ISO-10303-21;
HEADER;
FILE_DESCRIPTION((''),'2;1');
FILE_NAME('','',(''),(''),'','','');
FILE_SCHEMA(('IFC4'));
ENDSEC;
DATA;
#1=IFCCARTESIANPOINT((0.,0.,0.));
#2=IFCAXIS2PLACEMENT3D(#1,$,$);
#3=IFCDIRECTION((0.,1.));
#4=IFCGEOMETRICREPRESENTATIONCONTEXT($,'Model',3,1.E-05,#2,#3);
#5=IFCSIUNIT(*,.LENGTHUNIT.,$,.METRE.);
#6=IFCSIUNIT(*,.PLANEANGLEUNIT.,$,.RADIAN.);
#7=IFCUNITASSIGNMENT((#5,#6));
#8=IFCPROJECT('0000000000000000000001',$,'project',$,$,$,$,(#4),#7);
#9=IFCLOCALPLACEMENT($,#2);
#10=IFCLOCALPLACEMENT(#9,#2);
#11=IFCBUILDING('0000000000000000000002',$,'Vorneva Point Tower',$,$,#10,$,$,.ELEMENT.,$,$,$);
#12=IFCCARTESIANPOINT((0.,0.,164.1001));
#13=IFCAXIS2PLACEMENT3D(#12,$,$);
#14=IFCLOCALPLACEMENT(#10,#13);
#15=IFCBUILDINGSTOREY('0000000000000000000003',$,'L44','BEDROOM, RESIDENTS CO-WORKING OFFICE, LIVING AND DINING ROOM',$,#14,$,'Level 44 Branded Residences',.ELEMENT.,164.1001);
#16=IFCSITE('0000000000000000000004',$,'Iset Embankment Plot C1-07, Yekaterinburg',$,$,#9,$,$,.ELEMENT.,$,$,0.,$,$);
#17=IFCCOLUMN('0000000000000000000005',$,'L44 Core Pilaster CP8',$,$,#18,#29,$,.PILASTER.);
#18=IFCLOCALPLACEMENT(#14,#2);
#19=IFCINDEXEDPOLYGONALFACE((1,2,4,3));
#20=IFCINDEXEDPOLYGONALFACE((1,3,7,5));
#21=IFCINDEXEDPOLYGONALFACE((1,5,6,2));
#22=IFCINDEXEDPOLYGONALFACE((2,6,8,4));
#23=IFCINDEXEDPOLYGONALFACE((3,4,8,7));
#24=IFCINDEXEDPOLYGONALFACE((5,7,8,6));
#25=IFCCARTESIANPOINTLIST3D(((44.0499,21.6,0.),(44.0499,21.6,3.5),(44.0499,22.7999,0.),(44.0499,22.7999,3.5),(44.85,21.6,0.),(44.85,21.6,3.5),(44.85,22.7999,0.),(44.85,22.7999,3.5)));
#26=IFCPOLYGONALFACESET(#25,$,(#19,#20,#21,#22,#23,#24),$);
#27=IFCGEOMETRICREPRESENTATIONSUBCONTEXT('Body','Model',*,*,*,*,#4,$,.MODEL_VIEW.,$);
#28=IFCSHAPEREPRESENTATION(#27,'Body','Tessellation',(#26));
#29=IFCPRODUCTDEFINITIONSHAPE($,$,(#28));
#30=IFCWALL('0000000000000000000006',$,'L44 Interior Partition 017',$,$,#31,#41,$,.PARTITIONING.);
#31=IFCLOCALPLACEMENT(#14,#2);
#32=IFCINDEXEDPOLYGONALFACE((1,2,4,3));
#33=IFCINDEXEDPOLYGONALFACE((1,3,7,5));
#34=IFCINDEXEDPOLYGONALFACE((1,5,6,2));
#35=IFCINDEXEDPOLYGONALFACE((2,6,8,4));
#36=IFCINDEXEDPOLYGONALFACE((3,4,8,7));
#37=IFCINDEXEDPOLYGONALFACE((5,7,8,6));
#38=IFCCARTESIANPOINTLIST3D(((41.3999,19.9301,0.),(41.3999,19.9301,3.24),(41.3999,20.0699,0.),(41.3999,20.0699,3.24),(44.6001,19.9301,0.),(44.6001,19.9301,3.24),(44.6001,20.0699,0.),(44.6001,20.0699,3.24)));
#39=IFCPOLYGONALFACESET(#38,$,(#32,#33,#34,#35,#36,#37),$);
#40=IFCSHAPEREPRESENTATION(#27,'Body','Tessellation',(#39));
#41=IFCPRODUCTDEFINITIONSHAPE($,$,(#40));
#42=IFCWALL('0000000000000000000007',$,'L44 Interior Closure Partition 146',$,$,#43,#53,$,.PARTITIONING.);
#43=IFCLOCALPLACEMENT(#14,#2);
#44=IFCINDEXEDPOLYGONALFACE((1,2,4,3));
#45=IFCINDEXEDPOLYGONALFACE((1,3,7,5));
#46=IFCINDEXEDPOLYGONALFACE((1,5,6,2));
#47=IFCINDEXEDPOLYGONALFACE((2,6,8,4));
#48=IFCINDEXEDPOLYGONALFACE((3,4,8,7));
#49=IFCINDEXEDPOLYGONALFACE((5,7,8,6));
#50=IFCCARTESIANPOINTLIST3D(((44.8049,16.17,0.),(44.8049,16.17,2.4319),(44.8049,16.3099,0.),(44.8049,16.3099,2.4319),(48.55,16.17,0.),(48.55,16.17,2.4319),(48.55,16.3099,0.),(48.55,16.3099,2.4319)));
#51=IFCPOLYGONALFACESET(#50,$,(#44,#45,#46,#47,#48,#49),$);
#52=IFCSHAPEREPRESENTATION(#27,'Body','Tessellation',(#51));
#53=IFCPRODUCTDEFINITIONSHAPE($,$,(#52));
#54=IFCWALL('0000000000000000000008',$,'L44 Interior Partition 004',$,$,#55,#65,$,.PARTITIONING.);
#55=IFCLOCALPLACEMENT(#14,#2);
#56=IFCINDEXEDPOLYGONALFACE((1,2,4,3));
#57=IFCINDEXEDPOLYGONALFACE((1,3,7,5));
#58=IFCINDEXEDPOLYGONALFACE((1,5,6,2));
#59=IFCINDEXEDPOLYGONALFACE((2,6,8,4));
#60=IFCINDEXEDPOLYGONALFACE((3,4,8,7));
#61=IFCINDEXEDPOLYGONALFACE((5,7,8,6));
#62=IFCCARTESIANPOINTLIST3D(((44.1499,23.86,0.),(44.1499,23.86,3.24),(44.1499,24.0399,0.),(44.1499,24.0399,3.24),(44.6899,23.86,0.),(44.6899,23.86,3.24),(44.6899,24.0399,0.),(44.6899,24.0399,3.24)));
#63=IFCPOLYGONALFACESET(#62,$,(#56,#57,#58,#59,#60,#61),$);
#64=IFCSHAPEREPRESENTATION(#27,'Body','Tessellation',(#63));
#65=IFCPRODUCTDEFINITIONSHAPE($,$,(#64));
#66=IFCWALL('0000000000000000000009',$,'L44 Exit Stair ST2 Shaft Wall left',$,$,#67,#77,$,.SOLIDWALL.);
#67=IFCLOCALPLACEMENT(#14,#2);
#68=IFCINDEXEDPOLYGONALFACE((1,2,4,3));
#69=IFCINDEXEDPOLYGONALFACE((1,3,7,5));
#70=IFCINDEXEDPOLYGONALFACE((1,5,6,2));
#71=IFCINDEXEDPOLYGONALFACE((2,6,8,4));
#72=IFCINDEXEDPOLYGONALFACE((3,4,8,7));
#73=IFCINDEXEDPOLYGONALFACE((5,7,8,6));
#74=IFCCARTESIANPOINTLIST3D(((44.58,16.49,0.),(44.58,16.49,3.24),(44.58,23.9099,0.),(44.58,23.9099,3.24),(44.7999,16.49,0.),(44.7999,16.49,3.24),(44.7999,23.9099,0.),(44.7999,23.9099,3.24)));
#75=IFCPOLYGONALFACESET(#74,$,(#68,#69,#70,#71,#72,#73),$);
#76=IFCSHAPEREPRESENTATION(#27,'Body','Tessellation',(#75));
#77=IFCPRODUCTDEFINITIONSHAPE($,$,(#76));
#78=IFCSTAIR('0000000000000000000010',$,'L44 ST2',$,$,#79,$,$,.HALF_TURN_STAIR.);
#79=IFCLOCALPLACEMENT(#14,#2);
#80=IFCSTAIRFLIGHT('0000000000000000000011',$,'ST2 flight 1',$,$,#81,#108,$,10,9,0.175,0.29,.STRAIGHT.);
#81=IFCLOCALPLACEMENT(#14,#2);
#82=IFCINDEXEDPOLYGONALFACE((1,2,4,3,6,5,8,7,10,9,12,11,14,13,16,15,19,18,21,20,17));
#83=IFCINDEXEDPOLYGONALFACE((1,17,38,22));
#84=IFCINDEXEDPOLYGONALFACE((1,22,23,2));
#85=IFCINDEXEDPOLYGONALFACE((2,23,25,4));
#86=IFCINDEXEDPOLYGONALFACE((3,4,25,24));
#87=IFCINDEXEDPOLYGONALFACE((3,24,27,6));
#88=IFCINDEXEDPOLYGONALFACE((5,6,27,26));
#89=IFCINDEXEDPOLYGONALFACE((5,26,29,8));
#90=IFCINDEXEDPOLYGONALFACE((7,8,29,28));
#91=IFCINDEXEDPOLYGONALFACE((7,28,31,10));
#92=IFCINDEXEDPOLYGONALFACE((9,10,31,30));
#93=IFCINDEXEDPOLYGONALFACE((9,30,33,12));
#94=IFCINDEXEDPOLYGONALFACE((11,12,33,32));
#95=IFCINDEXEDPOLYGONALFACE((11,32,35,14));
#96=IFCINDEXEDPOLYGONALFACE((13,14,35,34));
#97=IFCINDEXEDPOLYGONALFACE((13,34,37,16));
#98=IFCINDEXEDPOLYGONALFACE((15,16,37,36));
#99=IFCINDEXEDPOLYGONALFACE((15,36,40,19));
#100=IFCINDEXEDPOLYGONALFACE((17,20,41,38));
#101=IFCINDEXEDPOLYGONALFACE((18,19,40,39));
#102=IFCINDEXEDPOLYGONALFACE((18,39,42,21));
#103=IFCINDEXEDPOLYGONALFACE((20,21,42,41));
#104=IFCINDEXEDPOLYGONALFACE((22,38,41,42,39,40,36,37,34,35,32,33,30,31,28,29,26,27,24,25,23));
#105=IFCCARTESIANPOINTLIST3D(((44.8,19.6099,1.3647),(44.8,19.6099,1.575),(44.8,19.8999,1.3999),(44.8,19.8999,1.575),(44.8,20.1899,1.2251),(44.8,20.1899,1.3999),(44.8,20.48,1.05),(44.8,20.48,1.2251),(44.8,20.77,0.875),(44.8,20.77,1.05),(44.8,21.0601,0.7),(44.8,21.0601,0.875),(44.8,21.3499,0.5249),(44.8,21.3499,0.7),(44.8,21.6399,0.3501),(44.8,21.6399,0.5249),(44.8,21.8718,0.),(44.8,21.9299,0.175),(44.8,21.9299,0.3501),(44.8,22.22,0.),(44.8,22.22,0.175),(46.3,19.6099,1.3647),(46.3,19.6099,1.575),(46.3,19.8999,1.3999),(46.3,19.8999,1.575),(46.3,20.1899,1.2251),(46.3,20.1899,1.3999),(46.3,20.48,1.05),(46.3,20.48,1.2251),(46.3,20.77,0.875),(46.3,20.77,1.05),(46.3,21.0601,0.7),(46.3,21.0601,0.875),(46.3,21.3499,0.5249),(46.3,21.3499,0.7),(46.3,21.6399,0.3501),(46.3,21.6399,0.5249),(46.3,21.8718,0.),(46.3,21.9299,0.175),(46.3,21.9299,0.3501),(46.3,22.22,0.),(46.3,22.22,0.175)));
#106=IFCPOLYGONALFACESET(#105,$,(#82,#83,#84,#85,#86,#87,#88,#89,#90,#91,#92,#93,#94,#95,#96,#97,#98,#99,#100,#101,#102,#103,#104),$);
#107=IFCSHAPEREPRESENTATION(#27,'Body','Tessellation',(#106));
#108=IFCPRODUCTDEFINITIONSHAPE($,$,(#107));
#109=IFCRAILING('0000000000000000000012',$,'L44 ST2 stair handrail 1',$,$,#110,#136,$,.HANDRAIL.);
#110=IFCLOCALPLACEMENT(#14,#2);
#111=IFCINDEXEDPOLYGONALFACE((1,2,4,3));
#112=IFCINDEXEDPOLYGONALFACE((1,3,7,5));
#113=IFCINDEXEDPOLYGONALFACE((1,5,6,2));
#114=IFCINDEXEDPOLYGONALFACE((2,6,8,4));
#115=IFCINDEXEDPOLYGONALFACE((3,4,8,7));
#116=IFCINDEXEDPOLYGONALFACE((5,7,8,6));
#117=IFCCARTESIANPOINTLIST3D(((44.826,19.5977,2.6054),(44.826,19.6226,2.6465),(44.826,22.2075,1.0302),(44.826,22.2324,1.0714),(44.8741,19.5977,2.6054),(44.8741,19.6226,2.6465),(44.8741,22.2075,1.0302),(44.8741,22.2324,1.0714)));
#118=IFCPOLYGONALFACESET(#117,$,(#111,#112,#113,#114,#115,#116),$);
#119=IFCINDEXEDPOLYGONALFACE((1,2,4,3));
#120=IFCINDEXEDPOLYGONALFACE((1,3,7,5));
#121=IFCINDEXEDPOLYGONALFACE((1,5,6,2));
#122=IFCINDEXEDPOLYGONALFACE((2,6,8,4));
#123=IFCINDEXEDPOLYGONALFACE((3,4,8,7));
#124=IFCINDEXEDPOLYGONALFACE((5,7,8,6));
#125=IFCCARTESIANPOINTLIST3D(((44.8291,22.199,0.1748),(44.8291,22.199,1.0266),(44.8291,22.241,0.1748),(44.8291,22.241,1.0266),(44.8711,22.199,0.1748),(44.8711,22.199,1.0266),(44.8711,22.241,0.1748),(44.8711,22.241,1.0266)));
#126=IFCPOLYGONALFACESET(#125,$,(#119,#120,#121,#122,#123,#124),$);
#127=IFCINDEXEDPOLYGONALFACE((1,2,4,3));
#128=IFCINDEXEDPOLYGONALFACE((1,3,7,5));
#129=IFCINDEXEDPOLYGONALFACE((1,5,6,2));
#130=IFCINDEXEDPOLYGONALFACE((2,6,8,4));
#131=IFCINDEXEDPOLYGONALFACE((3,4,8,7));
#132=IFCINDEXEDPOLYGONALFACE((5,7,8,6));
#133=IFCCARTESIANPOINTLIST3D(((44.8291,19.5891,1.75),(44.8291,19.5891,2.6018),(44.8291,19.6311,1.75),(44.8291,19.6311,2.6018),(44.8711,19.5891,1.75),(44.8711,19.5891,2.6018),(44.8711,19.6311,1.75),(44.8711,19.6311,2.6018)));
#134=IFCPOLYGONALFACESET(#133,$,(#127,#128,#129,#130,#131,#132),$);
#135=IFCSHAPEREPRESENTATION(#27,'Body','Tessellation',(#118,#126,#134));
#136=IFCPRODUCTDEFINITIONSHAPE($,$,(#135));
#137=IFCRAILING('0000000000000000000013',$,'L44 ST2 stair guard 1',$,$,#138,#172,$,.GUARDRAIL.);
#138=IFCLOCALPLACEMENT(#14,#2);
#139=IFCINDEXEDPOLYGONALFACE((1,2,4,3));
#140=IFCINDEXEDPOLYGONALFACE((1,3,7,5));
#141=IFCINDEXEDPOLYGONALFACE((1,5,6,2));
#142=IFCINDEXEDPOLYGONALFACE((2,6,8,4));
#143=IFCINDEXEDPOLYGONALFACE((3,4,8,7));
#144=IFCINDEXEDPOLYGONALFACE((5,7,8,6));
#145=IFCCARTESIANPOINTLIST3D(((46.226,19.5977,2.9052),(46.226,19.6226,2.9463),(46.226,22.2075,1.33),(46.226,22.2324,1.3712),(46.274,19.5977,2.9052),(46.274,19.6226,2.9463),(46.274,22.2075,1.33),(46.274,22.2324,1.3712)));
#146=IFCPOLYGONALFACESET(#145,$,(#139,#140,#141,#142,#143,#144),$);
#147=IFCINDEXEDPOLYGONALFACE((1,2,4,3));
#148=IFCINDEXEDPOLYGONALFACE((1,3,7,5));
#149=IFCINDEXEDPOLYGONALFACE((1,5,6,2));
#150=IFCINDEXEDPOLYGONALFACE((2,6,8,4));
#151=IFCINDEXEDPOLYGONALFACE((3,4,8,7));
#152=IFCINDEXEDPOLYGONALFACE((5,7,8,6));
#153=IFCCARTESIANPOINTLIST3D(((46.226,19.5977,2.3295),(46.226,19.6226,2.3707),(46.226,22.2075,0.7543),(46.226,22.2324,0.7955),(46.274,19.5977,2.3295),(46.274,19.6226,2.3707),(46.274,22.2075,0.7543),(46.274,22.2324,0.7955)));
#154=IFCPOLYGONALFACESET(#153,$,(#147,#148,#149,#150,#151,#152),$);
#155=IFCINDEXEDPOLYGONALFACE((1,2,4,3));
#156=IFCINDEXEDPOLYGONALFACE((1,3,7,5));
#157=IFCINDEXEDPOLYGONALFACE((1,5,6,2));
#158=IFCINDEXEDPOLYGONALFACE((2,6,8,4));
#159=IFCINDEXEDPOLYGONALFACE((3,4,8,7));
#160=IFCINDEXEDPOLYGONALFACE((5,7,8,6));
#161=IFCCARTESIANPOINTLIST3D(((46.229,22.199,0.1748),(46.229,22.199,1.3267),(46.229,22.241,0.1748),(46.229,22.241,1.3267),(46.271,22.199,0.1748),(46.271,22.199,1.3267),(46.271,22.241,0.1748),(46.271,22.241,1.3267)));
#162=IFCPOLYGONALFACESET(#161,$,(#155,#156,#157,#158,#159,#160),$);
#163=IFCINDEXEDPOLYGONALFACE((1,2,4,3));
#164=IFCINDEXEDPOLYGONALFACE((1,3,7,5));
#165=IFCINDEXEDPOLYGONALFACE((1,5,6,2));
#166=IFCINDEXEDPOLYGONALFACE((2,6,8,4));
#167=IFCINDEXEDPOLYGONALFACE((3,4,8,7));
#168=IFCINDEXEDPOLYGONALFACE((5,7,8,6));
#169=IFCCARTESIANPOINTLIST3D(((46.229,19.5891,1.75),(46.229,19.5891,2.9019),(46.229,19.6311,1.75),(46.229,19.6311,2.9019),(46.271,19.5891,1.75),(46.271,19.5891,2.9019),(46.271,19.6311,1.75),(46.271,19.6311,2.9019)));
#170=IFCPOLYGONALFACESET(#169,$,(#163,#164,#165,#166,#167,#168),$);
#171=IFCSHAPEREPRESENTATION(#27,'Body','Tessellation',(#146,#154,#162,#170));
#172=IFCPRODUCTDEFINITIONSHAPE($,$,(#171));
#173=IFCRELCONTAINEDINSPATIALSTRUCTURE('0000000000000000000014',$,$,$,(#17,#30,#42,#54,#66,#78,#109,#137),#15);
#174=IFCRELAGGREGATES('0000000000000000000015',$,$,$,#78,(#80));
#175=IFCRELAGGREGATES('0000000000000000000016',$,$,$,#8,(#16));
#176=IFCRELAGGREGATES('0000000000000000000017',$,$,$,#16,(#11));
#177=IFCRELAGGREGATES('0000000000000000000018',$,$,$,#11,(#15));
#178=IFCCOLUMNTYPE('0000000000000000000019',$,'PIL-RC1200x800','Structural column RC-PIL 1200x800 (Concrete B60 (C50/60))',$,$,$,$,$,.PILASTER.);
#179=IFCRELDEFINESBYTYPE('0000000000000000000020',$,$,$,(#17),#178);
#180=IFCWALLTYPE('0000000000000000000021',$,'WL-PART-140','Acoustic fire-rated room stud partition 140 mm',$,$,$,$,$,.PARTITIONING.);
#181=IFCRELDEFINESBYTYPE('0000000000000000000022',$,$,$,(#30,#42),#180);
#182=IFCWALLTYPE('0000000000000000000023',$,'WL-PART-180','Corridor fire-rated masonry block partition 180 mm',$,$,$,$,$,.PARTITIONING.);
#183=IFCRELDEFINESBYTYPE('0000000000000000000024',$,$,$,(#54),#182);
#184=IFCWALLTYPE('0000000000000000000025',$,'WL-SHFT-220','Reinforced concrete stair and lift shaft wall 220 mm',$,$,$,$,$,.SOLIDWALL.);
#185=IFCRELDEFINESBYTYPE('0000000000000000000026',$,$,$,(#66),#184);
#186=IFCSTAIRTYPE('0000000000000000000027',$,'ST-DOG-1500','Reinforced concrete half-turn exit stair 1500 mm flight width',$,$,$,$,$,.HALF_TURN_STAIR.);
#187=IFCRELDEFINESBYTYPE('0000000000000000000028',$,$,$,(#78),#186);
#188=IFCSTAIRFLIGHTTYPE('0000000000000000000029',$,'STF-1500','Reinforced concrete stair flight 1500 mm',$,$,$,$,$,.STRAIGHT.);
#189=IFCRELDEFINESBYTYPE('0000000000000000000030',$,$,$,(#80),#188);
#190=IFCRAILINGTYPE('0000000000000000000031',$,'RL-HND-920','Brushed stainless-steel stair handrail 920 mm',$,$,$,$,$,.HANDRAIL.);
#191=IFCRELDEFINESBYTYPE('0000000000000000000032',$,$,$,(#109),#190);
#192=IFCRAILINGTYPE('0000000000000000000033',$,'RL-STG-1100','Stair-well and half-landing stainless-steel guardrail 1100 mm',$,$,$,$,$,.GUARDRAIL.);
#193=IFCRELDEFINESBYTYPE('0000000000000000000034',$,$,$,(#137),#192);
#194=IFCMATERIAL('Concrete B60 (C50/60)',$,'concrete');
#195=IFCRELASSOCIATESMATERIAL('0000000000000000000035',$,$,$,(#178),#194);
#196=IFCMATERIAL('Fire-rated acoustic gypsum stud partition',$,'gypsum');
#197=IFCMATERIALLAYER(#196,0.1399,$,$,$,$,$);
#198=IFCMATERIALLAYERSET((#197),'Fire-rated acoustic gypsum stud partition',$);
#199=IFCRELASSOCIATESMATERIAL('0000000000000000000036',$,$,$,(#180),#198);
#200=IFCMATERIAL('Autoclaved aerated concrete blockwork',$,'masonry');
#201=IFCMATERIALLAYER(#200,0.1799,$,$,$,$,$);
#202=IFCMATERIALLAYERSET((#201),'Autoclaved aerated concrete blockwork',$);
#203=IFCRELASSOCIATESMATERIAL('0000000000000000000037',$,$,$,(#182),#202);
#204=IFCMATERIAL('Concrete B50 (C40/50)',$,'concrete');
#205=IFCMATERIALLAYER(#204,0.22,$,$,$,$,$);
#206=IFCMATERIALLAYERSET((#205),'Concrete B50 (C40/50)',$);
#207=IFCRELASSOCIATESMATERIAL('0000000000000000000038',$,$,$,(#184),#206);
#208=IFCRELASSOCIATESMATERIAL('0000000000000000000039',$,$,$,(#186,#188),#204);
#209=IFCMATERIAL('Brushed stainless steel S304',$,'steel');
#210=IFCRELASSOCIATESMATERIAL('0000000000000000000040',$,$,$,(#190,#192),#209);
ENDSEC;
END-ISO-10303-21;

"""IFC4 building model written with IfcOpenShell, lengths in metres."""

from ifc_helpers import new_model, si_unit, direction, frame, frame_2d, origin, origin_2d, place, context, subcontext, project, spatial, polyline, rectangle, outline, extrude, material, layer, layer_set, material_profile, profile_set, type_object, element, aggregate, save


model = new_model("IFC4")

# Units and contexts
model_context = context("Model", 3, precision=1e-05, world=origin(), true_north=direction((0.0, 1.0)))
body_context = subcontext(model_context, "Body", "Model", "MODEL_VIEW")
ifc_project = project(units=[si_unit("LENGTHUNIT", "METRE"), si_unit("PLANEANGLEUNIT", "RADIAN")], contexts=[model_context])

# Site, building, storey
site_placement = place(None, origin())
site = spatial("IfcSite", under=ifc_project, at=site_placement, Name="Iset Embankment Plot C1-07, Yekaterinburg", CompositionType="ELEMENT", RefElevation=0.0)
building_placement = place(site_placement, origin())
building = spatial("IfcBuilding", under=site, at=building_placement, Name="Vorneva Point Tower", CompositionType="ELEMENT")
storey_placement = place(building_placement, frame((0.0, 0.0, 164.1001)))
storey = spatial("IfcBuildingStorey", under=building, at=storey_placement, Name="L44", Description="BEDROOM, RESIDENTS CO-WORKING OFFICE, LIVING AND DINING ROOM", LongName="Level 44 Branded Residences", CompositionType="ELEMENT", Elevation=164.1001)

# Column
ifc_material_1 = material(Name="Concrete B60 (C50/60)", Category="concrete")
ifc_material_profile = material_profile(ifc_material_1, rectangle(XDim=0.8, YDim=1.2, at=origin_2d()), Name="RC-PIL 1200x800")
ifc_profile_set = profile_set([ifc_material_profile], Name="Concrete B60 (C50/60)")
column_type = type_object("IfcColumnType", Name="PIL-RC1200x800", Description="Structural column RC-PIL 1200x800 (Concrete B60 (C50/60))", PredefinedType="PILASTER", material=ifc_profile_set)
column_placement = place(storey_placement, frame((44.45, 22.2, 0.0), z_axis=(0.0, 0.0, 1.0), x_axis=(1.0, 0.0, 0.0)))
element("IfcColumn", 1, at=column_placement, inside=storey, type_object=column_type, Name="L44 Core Pilaster CP8", PredefinedType="PILASTER", context=body_context, shape_type="SweptSolid", body=[
    extrude(rectangle(XDim=0.8, YDim=1.2, at=origin_2d()), origin(), (0.0, 0.0, 1.0), 3.5),
])

# Walls
ifc_material_2 = material(Name="Fire-rated acoustic gypsum stud partition", Category="gypsum")
ifc_layer_1 = layer(ifc_material_2, 0.1399)
ifc_layer_set_1 = layer_set([ifc_layer_1], Name="Fire-rated acoustic gypsum stud partition")
wall_type_1 = type_object("IfcWallType", Name="WL-PART-140", Description="Acoustic fire-rated room stud partition 140 mm", PredefinedType="PARTITIONING", material=ifc_layer_set_1)
wall_1_placement = place(storey_placement, frame((44.6001, 20.0, 0.0), z_axis=(0.0, 0.0, 1.0), x_axis=(-1.0, 0.0, 0.0)))
element("IfcWall", 2, at=wall_1_placement, inside=storey, type_object=wall_type_1, Name="L44 Interior Partition 017", PredefinedType="PARTITIONING", context=body_context, shape_type="SweptSolid", body=[
    extrude(rectangle(XDim=3.2002, YDim=0.1399, at=frame_2d((1.6001, 0.0))), origin(), (0.0, 0.0, 1.0), 3.24),
])
wall_2_placement = place(storey_placement, frame((44.8049, 16.24, 0.0), z_axis=(0.0, 0.0, 1.0), x_axis=(1.0, 0.0, 0.0)))
element("IfcWall", 3, at=wall_2_placement, inside=storey, type_object=wall_type_1, Name="L44 Interior Closure Partition 146", PredefinedType="PARTITIONING", context=body_context, shape_type="SweptSolid", body=[
    extrude(rectangle(XDim=3.7451, YDim=0.1399, at=frame_2d((1.8726, 0.0))), origin(), (0.0, 0.0, 1.0), 2.4319),
])
ifc_material_3 = material(Name="Autoclaved aerated concrete blockwork", Category="masonry")
ifc_layer_2 = layer(ifc_material_3, 0.1799)
ifc_layer_set_2 = layer_set([ifc_layer_2], Name="Autoclaved aerated concrete blockwork")
wall_type_2 = type_object("IfcWallType", Name="WL-PART-180", Description="Corridor fire-rated masonry block partition 180 mm", PredefinedType="PARTITIONING", material=ifc_layer_set_2)
wall_3_placement = place(storey_placement, frame((44.1499, 23.95, 0.0), z_axis=(0.0, 0.0, 1.0), x_axis=(1.0, 0.0, 0.0)))
element("IfcWall", 4, at=wall_3_placement, inside=storey, type_object=wall_type_2, Name="L44 Interior Partition 004", PredefinedType="PARTITIONING", context=body_context, shape_type="SweptSolid", body=[
    extrude(rectangle(XDim=0.54, YDim=0.1799, at=frame_2d((0.27, 0.0))), origin(), (0.0, 0.0, 1.0), 3.24),
])

# Shared definitions
ifc_material_4 = material(Name="Concrete B50 (C40/50)", Category="concrete")
ifc_layer_3 = layer(ifc_material_4, 0.22)
ifc_layer_set_3 = layer_set([ifc_layer_3], Name="Concrete B50 (C40/50)")
wall_type_3 = type_object("IfcWallType", Name="WL-SHFT-220", Description="Reinforced concrete stair and lift shaft wall 220 mm", PredefinedType="SOLIDWALL", material=ifc_layer_set_3)

# Wall
wall_4_placement = place(storey_placement, frame((44.6899, 16.49, 0.0), z_axis=(0.0, 0.0, 1.0), x_axis=(0.0, 1.0, 0.0)))
element("IfcWall", 5, at=wall_4_placement, inside=storey, type_object=wall_type_3, Name="L44 Exit Stair ST2 Shaft Wall left", PredefinedType="SOLIDWALL", context=body_context, shape_type="SweptSolid", body=[
    extrude(rectangle(XDim=7.4199, YDim=0.22, at=frame_2d((3.71, 0.0))), origin(), (0.0, 0.0, 1.0), 3.24),
])

# Stair, stair flight
stair_type = type_object("IfcStairType", Name="ST-DOG-1500", Description="Reinforced concrete half-turn exit stair 1500 mm flight width", PredefinedType="HALF_TURN_STAIR", material=ifc_material_4)
stair_placement = place(storey_placement, origin())
stair = element("IfcStair", 6, at=stair_placement, inside=storey, type_object=stair_type, Name="L44 ST2", PredefinedType="HALF_TURN_STAIR")
stair_flight_type = type_object("IfcStairFlightType", Name="STF-1500", Description="Reinforced concrete stair flight 1500 mm", PredefinedType="STRAIGHT", material=ifc_material_4)
stair_flight_placement = place(storey_placement, frame((45.55, 22.22, 0.0), z_axis=(0.0, 0.0, 1.0), x_axis=(0.0, -1.0, 0.0)))
stair_flight = element("IfcStairFlight", 7, at=stair_flight_placement, type_object=stair_flight_type, Name="ST2 flight 1", NumberOfRisers=10, NumberOfTreads=9, PredefinedType="STRAIGHT", RiserHeight=0.175, TreadLength=0.29, context=body_context, shape_type="SweptSolid", body=[
    extrude(outline(polyline([(0.0, 0.0), (0.0, 0.175), (0.29, 0.175), (0.29, 0.3501), (0.5801, 0.3501), (0.5801, 0.5249), (0.8701, 0.5249), (0.8701, 0.7), (1.1599, 0.7), (1.1599, 0.875), (1.45, 0.875), (1.45, 1.05), (1.74, 1.05), (1.74, 1.2251), (2.03, 1.2251), (2.03, 1.3999), (2.3201, 1.3999), (2.3201, 1.575), (2.6101, 1.575), (2.6101, 1.75), (2.6101, 1.3647), (0.3481, 0.0), (0.0, 0.0)])), frame((0.0, 0.75, 0.0), z_axis=(0.0, -1.0, 0.0), x_axis=(1.0, 0.0, 0.0)), (0.0, 0.0, 1.0), 1.5),
])
aggregate(stair, [stair_flight])

# Railings
ifc_material_5 = material(Name="Brushed stainless steel S304", Category="steel")
railing_type_1 = type_object("IfcRailingType", Name="RL-HND-920", Description="Brushed stainless-steel stair handrail 920 mm", PredefinedType="HANDRAIL", material=ifc_material_5)
railing_1_placement = place(storey_placement, frame((44.8501, 22.22, 0.1748)))
element("IfcRailing", 8, at=railing_1_placement, inside=storey, type_object=railing_type_1, Name="L44 ST2 stair handrail 1", PredefinedType="HANDRAIL", context=body_context, shape_type="SweptSolid", body=[
    extrude(rectangle(XDim=0.0481, YDim=0.0481, at=origin_2d()), frame((0.0, 0.0, 0.876), z_axis=(0.0, -0.856147, 0.516732), x_axis=(1.0, 0.0, 0.0)), (0.0, 0.0, 1.0), 3.0483),
    extrude(rectangle(XDim=0.042, YDim=0.042, at=origin_2d()), origin(), (0.0, 0.0, 1.0), 0.8518),
    extrude(rectangle(XDim=0.042, YDim=0.042, at=origin_2d()), frame((0.0, -2.6099, 1.5752)), (0.0, 0.0, 1.0), 0.8518),
])
railing_type_2 = type_object("IfcRailingType", Name="RL-STG-1100", Description="Stair-well and half-landing stainless-steel guardrail 1100 mm", PredefinedType="GUARDRAIL", material=ifc_material_5)
railing_2_placement = place(storey_placement, frame((46.25, 22.22, 0.1748)))
element("IfcRailing", 9, at=railing_2_placement, inside=storey, type_object=railing_type_2, Name="L44 ST2 stair guard 1", PredefinedType="GUARDRAIL", context=body_context, shape_type="SweptSolid", body=[
    extrude(rectangle(XDim=0.0481, YDim=0.0481, at=origin_2d()), frame((0.0, 0.0, 1.1758), z_axis=(0.0, -0.856147, 0.516732), x_axis=(1.0, 0.0, 0.0)), (0.0, 0.0, 1.0), 3.0483),
    extrude(rectangle(XDim=0.0481, YDim=0.0481, at=origin_2d()), frame((0.0, 0.0, 0.6001), z_axis=(0.0, -0.856147, 0.516732), x_axis=(1.0, 0.0, 0.0)), (0.0, 0.0, 1.0), 3.0483),
    extrude(rectangle(XDim=0.042, YDim=0.042, at=origin_2d()), origin(), (0.0, 0.0, 1.0), 1.1519),
    extrude(rectangle(XDim=0.042, YDim=0.042, at=origin_2d()), frame((0.0, -2.6099, 1.5752)), (0.0, 0.0, 1.0), 1.1519),
])

save(model, "model.ifc")
